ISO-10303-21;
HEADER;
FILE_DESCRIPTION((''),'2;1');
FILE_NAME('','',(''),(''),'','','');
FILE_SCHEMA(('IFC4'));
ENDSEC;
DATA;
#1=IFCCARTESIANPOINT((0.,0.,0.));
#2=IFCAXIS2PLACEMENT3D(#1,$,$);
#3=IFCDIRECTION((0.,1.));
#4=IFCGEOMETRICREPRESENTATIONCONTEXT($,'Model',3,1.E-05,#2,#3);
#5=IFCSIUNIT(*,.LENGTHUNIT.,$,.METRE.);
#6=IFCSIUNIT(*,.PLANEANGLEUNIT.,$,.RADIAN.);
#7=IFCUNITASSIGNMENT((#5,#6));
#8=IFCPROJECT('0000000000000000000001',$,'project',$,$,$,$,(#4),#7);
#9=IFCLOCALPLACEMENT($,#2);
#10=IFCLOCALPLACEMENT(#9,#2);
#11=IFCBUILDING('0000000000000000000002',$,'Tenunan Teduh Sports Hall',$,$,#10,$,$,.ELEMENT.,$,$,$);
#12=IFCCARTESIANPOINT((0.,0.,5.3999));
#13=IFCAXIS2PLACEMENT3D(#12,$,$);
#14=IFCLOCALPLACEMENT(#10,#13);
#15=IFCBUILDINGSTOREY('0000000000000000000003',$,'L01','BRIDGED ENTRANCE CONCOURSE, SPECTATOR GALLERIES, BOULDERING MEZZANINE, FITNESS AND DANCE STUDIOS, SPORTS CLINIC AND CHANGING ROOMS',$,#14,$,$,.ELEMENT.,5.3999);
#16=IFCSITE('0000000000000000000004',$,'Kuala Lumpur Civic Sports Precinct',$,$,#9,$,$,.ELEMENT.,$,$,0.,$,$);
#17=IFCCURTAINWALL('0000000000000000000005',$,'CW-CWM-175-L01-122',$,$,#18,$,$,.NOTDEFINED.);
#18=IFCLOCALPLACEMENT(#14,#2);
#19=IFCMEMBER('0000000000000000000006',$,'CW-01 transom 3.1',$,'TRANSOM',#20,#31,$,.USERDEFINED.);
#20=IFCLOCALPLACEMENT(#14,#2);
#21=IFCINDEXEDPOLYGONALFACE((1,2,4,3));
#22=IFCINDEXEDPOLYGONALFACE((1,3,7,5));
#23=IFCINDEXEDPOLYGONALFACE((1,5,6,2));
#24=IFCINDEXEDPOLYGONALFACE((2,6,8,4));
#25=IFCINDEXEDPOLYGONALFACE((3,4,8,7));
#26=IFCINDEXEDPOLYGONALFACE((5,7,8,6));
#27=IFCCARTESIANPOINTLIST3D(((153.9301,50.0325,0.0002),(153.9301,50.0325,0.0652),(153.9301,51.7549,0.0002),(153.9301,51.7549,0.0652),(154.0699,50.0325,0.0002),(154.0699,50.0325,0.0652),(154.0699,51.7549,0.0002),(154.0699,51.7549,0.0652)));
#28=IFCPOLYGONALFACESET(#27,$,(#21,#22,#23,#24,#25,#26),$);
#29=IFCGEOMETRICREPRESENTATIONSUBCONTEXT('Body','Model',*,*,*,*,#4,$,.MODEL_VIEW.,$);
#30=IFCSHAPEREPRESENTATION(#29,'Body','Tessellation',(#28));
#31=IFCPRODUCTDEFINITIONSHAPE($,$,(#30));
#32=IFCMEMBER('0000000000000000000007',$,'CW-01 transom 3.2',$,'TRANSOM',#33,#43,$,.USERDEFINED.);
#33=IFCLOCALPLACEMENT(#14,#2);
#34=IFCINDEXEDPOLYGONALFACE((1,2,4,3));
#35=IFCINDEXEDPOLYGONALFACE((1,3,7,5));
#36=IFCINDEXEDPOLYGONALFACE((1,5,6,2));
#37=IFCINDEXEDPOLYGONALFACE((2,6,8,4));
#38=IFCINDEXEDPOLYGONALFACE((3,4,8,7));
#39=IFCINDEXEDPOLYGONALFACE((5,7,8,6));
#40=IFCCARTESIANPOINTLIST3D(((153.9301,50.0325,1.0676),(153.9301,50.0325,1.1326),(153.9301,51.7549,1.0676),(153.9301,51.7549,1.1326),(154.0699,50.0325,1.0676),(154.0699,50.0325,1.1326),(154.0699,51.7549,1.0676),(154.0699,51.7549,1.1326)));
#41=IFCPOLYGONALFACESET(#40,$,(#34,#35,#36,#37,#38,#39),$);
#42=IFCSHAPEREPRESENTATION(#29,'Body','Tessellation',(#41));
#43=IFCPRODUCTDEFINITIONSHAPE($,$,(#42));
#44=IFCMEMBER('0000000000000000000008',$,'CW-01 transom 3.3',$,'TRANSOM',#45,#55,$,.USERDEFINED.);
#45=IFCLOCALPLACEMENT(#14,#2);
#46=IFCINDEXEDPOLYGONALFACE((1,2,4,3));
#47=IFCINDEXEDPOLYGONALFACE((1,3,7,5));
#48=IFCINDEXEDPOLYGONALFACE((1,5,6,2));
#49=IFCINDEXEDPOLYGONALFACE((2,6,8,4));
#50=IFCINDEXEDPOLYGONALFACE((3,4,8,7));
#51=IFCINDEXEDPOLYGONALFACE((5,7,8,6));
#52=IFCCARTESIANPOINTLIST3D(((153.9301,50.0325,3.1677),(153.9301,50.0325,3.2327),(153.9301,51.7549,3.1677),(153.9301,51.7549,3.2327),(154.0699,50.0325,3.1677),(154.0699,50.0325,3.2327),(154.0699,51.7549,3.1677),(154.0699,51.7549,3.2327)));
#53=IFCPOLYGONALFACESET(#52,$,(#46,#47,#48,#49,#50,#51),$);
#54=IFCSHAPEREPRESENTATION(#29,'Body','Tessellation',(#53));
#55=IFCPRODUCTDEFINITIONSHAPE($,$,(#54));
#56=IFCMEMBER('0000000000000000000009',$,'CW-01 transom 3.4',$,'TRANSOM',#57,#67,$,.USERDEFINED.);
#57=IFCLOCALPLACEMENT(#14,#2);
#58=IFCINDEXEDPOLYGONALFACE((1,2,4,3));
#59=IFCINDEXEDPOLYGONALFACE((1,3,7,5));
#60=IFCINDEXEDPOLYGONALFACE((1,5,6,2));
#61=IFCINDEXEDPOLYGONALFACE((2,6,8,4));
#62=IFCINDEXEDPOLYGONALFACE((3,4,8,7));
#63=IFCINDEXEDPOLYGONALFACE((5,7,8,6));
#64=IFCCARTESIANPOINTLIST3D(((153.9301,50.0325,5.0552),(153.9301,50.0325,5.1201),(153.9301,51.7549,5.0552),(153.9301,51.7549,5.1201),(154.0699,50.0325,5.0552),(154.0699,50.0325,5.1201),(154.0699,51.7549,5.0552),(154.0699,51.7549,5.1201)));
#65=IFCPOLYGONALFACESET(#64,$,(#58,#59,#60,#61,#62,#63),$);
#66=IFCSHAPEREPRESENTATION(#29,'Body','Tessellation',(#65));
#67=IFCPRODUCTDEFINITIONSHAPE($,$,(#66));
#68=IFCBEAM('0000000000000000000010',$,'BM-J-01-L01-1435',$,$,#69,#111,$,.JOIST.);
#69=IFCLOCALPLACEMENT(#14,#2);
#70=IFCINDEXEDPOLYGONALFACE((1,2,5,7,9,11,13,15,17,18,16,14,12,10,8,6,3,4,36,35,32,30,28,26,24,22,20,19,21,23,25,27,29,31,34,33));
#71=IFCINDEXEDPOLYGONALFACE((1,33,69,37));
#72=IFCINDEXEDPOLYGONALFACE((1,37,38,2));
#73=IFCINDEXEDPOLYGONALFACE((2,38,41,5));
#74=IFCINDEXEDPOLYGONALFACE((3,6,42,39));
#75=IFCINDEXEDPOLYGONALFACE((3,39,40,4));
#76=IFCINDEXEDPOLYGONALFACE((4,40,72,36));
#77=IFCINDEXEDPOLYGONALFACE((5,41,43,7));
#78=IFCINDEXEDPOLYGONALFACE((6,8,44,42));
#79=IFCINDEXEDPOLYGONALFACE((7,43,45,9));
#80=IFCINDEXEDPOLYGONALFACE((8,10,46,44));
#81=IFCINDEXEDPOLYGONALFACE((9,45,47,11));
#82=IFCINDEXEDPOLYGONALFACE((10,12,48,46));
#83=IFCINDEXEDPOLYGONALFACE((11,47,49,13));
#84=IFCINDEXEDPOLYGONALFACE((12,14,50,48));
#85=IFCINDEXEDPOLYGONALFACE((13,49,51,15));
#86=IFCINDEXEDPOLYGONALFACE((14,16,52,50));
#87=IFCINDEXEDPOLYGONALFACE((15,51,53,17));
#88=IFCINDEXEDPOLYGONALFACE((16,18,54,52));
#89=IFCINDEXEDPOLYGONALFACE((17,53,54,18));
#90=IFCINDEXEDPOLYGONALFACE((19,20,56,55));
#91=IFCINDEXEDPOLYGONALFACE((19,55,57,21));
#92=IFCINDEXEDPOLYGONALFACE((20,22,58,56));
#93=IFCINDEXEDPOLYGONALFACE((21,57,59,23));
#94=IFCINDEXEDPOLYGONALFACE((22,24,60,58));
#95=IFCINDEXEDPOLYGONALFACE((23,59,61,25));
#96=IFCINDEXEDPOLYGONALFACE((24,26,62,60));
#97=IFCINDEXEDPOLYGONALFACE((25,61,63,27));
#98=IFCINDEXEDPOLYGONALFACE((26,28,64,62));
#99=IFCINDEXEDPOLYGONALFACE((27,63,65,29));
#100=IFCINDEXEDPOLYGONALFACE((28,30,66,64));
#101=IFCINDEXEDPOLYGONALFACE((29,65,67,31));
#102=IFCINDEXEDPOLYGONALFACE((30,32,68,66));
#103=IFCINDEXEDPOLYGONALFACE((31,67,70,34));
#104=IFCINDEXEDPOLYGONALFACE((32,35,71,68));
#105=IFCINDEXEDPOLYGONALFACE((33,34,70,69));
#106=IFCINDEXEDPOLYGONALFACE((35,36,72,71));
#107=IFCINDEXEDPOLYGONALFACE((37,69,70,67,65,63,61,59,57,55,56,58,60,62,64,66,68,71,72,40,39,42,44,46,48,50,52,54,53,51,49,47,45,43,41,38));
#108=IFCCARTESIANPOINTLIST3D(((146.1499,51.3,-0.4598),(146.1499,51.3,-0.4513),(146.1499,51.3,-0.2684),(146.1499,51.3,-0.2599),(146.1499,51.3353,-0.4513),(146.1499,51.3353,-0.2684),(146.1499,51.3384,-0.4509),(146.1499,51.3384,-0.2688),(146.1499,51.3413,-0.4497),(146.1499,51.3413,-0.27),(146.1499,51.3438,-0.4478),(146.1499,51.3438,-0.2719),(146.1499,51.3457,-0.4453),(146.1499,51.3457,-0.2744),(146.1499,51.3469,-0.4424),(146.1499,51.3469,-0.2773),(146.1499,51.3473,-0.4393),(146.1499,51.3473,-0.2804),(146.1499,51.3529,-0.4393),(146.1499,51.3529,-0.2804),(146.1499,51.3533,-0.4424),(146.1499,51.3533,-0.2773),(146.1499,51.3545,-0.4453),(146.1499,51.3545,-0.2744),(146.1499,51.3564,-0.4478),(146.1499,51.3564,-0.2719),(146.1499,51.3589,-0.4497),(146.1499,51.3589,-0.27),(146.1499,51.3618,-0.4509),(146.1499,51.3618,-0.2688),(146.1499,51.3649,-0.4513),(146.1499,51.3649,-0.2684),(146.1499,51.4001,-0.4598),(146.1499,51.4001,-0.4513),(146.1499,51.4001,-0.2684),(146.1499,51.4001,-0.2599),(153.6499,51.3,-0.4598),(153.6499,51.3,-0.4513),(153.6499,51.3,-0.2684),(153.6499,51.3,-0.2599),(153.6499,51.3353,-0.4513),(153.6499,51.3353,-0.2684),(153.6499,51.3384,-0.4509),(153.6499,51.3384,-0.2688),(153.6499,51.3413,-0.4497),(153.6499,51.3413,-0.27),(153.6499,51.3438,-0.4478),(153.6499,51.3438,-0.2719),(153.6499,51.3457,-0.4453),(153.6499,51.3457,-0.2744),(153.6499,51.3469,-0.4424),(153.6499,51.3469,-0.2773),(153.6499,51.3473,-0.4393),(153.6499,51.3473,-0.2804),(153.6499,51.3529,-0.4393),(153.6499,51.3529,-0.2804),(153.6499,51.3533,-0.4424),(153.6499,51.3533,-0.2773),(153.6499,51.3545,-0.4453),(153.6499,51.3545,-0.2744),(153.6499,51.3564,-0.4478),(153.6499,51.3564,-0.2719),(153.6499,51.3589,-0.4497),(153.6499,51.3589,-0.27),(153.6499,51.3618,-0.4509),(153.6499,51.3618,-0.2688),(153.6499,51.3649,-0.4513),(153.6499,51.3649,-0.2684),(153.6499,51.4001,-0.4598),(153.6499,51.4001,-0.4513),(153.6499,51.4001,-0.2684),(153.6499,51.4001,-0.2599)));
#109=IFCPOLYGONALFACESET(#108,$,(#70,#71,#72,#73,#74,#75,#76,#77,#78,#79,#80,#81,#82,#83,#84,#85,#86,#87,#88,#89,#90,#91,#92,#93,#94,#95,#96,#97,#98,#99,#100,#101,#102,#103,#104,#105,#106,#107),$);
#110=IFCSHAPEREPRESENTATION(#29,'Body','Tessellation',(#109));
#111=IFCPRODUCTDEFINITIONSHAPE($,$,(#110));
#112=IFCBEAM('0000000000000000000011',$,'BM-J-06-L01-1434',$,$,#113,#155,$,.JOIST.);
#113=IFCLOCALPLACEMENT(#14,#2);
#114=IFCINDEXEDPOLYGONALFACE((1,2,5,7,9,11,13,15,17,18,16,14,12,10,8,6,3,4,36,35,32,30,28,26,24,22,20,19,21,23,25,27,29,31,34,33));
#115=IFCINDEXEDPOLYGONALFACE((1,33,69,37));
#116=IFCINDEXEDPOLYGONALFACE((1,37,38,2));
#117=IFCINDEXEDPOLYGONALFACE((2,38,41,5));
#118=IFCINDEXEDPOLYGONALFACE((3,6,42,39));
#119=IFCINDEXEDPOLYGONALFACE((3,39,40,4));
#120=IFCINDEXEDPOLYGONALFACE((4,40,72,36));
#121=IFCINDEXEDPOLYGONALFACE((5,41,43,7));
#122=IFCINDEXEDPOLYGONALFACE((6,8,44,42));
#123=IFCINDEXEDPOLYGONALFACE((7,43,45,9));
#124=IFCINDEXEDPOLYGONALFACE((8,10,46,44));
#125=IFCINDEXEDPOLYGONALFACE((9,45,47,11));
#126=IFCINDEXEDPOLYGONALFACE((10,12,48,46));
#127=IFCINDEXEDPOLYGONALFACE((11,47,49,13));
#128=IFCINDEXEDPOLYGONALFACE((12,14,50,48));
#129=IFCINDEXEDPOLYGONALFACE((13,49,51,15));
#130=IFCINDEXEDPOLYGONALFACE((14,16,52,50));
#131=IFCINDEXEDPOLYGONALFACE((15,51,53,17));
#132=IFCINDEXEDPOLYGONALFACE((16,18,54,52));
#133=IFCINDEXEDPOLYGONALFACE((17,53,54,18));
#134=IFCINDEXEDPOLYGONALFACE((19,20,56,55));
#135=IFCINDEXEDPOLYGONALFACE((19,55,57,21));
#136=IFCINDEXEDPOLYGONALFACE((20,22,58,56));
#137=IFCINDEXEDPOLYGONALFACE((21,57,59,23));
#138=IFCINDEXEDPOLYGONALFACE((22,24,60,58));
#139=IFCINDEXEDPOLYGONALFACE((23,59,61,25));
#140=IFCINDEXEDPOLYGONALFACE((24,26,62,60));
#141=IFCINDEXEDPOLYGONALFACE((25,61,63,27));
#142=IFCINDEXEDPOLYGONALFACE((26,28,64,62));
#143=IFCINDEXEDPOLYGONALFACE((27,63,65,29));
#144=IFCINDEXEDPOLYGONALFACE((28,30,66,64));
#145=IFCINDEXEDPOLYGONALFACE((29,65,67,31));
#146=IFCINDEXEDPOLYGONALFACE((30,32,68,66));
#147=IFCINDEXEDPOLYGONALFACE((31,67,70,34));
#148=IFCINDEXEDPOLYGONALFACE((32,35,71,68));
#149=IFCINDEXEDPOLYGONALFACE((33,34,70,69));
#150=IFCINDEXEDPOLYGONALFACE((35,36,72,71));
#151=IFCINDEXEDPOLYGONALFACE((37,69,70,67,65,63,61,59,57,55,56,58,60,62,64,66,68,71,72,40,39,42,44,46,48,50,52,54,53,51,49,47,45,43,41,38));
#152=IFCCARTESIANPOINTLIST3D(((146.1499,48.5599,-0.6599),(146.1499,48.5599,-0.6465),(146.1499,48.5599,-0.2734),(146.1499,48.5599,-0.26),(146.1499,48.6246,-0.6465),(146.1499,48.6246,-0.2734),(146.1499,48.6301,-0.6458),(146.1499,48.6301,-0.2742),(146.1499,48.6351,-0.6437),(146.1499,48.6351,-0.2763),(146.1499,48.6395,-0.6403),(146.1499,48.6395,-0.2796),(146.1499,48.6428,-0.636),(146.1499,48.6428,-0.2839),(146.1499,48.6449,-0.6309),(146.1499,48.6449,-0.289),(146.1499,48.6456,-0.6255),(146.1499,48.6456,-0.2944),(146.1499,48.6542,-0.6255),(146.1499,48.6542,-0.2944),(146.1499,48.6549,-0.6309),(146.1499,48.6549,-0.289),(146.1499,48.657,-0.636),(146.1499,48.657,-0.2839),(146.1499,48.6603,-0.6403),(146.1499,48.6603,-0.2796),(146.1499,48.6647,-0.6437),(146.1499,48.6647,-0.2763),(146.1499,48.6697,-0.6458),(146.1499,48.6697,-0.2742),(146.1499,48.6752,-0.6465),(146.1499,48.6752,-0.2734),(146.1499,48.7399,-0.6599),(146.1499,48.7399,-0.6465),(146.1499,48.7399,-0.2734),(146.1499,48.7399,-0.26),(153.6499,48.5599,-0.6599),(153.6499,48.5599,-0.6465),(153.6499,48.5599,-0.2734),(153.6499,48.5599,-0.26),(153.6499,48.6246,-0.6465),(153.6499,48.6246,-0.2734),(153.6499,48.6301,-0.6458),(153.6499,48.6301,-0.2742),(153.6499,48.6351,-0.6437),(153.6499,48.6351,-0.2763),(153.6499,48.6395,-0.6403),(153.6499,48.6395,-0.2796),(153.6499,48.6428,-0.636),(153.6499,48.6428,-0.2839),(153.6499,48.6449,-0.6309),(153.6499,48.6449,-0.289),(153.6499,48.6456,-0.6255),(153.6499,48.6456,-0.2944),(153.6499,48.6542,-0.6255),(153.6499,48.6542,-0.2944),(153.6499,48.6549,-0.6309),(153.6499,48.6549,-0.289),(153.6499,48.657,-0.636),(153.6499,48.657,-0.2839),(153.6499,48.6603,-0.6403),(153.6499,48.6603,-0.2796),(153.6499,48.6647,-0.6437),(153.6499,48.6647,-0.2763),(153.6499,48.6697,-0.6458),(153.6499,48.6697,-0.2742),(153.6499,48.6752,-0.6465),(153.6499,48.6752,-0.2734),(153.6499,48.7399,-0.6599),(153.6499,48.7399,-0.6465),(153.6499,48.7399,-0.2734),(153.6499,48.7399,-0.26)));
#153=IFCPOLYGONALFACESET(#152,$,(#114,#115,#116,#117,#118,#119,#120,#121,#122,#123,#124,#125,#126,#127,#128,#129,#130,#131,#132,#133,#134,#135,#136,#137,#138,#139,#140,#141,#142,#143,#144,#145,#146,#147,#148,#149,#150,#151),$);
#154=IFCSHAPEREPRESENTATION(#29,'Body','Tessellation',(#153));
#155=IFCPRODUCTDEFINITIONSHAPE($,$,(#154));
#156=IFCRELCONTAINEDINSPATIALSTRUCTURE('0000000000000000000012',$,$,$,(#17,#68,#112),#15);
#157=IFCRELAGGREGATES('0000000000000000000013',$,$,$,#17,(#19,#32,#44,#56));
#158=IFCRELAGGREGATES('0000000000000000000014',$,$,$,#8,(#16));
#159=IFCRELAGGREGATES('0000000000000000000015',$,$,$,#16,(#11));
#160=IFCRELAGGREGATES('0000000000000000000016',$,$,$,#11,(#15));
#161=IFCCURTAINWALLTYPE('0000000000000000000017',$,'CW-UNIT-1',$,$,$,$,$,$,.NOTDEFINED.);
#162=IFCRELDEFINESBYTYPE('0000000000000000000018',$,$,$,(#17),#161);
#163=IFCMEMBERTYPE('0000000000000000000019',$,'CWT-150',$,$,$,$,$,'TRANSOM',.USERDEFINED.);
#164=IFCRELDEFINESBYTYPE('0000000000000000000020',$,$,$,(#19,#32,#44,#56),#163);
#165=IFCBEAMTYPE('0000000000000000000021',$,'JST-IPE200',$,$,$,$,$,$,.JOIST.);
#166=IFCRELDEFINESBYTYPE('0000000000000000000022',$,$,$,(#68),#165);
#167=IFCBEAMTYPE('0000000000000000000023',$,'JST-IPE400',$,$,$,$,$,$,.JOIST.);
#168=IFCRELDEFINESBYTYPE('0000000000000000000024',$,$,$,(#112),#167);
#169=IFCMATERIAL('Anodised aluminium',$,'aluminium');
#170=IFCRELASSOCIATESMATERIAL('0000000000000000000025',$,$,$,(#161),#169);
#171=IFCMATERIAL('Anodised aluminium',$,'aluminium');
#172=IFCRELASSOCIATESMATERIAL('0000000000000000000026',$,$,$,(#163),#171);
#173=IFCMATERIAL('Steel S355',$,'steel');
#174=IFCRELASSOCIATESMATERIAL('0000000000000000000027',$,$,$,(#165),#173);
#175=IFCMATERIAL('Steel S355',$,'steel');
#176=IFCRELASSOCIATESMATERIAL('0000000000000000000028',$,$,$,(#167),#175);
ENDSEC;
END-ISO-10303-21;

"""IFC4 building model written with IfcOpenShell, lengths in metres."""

from ifc_helpers import new_model, si_unit, direction, frame, origin, origin_2d, place, context, subcontext, project, spatial, rectangle, i_section, extrude, material, material_profile, profile_set, type_object, element, aggregate, save


model = new_model("IFC4")

# Units and contexts
model_context = context("Model", 3, precision=1e-05, world=origin(), true_north=direction((0.0, 1.0)))
body_context = subcontext(model_context, "Body", "Model", "MODEL_VIEW")
ifc_project = project(units=[si_unit("LENGTHUNIT", "METRE"), si_unit("PLANEANGLEUNIT", "RADIAN")], contexts=[model_context])

# Site, building, storey
site_placement = place(None, origin())
site = spatial("IfcSite", under=ifc_project, at=site_placement, Name="Kuala Lumpur Civic Sports Precinct", CompositionType="ELEMENT", RefElevation=0.0)
building_placement = place(site_placement, origin())
building = spatial("IfcBuilding", under=site, at=building_placement, Name="Tenunan Teduh Sports Hall", CompositionType="ELEMENT")
storey_placement = place(building_placement, frame((0.0, 0.0, 5.3999)))
storey = spatial("IfcBuildingStorey", under=building, at=storey_placement, Name="L01", Description="BRIDGED ENTRANCE CONCOURSE, SPECTATOR GALLERIES, BOULDERING MEZZANINE, FITNESS AND DANCE STUDIOS, SPORTS CLINIC AND CHANGING ROOMS", CompositionType="ELEMENT", Elevation=5.3999)

# Curtain wall, members
ifc_material_1 = material(Name="Anodised aluminium", Category="aluminium")
curtain_wall_type = type_object("IfcCurtainWallType", Name="CW-UNIT-1", PredefinedType="NOTDEFINED", material=ifc_material_1)
curtain_wall_placement = place(storey_placement, origin())
curtain_wall = element("IfcCurtainWall", 1, at=curtain_wall_placement, inside=storey, type_object=curtain_wall_type, Name="CW-CWM-175-L01-122", PredefinedType="NOTDEFINED")
ifc_material_2 = material(Name="Anodised aluminium", Category="aluminium")
ifc_material_profile_1 = material_profile(ifc_material_2, rectangle(XDim=0.0649, YDim=0.1399, at=origin_2d()), Name="CWT 65x140")
ifc_profile_set_1 = profile_set([ifc_material_profile_1], Name="Anodised aluminium")
member_type_1 = type_object("IfcMemberType", Name="CWT-150", ElementType="TRANSOM", PredefinedType="USERDEFINED", material=ifc_profile_set_1)
member_1_placement = place(storey_placement, frame((154.0, 50.0325, 0.0327), z_axis=(0.0, 1.0, 0.0), x_axis=(0.0, 0.0, 1.0)))
member_1 = element("IfcMember", 2, at=member_1_placement, type_object=member_type_1, Name="CW-01 transom 3.1", ObjectType="TRANSOM", PredefinedType="USERDEFINED", context=body_context, shape_type="SweptSolid", body=[
    extrude(rectangle(XDim=0.0649, YDim=0.1399, at=origin_2d()), origin(), (0.0, 0.0, 1.0), 1.7224),
])
member_2_placement = place(storey_placement, frame((154.0, 50.0325, 1.1001), z_axis=(0.0, 1.0, 0.0), x_axis=(0.0, 0.0, 1.0)))
member_2 = element("IfcMember", 3, at=member_2_placement, type_object=member_type_1, Name="CW-01 transom 3.2", ObjectType="TRANSOM", PredefinedType="USERDEFINED", context=body_context, shape_type="SweptSolid", body=[
    extrude(rectangle(XDim=0.0649, YDim=0.1399, at=origin_2d()), origin(), (0.0, 0.0, 1.0), 1.7224),
])
member_3_placement = place(storey_placement, frame((154.0, 50.0325, 3.2002), z_axis=(0.0, 1.0, 0.0), x_axis=(0.0, 0.0, 1.0)))
member_3 = element("IfcMember", 4, at=member_3_placement, type_object=member_type_1, Name="CW-01 transom 3.3", ObjectType="TRANSOM", PredefinedType="USERDEFINED", context=body_context, shape_type="SweptSolid", body=[
    extrude(rectangle(XDim=0.0649, YDim=0.1399, at=origin_2d()), origin(), (0.0, 0.0, 1.0), 1.7224),
])
member_4_placement = place(storey_placement, frame((154.0, 50.0325, 5.0876), z_axis=(0.0, 1.0, 0.0), x_axis=(0.0, 0.0, 1.0)))
member_4 = element("IfcMember", 5, at=member_4_placement, type_object=member_type_1, Name="CW-01 transom 3.4", ObjectType="TRANSOM", PredefinedType="USERDEFINED", context=body_context, shape_type="SweptSolid", body=[
    extrude(rectangle(XDim=0.0649, YDim=0.1399, at=origin_2d()), origin(), (0.0, 0.0, 1.0), 1.7224),
])

# Beams
ifc_material_3 = material(Name="Steel S355", Category="steel")
ifc_material_profile_2 = material_profile(ifc_material_3, i_section(OverallWidth=0.1001, OverallDepth=0.2, WebThickness=0.0056, FlangeThickness=0.0085, FilletRadius=0.012, at=origin_2d()), Name="IPE 200")
ifc_profile_set_2 = profile_set([ifc_material_profile_2], Name="Steel S355")
beam_type_1 = type_object("IfcBeamType", Name="JST-IPE200", PredefinedType="JOIST", material=ifc_profile_set_2)
beam_1_placement = place(storey_placement, frame((146.1499, 51.3501, -0.3599), z_axis=(1.0, 0.0, 0.0), x_axis=(0.0, 1.0, 0.0)))
element("IfcBeam", 6, at=beam_1_placement, inside=storey, type_object=beam_type_1, Name="BM-J-01-L01-1435", PredefinedType="JOIST", context=body_context, shape_type="SweptSolid", body=[
    extrude(i_section(OverallWidth=0.1001, OverallDepth=0.2, WebThickness=0.0056, FlangeThickness=0.0085, FilletRadius=0.012, at=origin_2d()), origin(), (0.0, 0.0, 1.0), 7.5),
])
ifc_material_4 = material(Name="Steel S355", Category="steel")
ifc_material_profile_3 = material_profile(ifc_material_4, i_section(OverallWidth=0.1799, OverallDepth=0.3999, WebThickness=0.0085, FlangeThickness=0.0134, FilletRadius=0.021, at=origin_2d()), Name="IPE 400")
ifc_profile_set_3 = profile_set([ifc_material_profile_3], Name="Steel S355")
beam_type_2 = type_object("IfcBeamType", Name="JST-IPE400", PredefinedType="JOIST", material=ifc_profile_set_3)
beam_2_placement = place(storey_placement, frame((146.1499, 48.6499, -0.46), z_axis=(1.0, 0.0, 0.0), x_axis=(0.0, 1.0, 0.0)))
element("IfcBeam", 7, at=beam_2_placement, inside=storey, type_object=beam_type_2, Name="BM-J-06-L01-1434", PredefinedType="JOIST", context=body_context, shape_type="SweptSolid", body=[
    extrude(i_section(OverallWidth=0.1799, OverallDepth=0.3999, WebThickness=0.0085, FlangeThickness=0.0134, FilletRadius=0.021, at=origin_2d()), origin(), (0.0, 0.0, 1.0), 7.5),
])

aggregate(curtain_wall, [member_1, member_2, member_3, member_4])

save(model, "model.ifc")
